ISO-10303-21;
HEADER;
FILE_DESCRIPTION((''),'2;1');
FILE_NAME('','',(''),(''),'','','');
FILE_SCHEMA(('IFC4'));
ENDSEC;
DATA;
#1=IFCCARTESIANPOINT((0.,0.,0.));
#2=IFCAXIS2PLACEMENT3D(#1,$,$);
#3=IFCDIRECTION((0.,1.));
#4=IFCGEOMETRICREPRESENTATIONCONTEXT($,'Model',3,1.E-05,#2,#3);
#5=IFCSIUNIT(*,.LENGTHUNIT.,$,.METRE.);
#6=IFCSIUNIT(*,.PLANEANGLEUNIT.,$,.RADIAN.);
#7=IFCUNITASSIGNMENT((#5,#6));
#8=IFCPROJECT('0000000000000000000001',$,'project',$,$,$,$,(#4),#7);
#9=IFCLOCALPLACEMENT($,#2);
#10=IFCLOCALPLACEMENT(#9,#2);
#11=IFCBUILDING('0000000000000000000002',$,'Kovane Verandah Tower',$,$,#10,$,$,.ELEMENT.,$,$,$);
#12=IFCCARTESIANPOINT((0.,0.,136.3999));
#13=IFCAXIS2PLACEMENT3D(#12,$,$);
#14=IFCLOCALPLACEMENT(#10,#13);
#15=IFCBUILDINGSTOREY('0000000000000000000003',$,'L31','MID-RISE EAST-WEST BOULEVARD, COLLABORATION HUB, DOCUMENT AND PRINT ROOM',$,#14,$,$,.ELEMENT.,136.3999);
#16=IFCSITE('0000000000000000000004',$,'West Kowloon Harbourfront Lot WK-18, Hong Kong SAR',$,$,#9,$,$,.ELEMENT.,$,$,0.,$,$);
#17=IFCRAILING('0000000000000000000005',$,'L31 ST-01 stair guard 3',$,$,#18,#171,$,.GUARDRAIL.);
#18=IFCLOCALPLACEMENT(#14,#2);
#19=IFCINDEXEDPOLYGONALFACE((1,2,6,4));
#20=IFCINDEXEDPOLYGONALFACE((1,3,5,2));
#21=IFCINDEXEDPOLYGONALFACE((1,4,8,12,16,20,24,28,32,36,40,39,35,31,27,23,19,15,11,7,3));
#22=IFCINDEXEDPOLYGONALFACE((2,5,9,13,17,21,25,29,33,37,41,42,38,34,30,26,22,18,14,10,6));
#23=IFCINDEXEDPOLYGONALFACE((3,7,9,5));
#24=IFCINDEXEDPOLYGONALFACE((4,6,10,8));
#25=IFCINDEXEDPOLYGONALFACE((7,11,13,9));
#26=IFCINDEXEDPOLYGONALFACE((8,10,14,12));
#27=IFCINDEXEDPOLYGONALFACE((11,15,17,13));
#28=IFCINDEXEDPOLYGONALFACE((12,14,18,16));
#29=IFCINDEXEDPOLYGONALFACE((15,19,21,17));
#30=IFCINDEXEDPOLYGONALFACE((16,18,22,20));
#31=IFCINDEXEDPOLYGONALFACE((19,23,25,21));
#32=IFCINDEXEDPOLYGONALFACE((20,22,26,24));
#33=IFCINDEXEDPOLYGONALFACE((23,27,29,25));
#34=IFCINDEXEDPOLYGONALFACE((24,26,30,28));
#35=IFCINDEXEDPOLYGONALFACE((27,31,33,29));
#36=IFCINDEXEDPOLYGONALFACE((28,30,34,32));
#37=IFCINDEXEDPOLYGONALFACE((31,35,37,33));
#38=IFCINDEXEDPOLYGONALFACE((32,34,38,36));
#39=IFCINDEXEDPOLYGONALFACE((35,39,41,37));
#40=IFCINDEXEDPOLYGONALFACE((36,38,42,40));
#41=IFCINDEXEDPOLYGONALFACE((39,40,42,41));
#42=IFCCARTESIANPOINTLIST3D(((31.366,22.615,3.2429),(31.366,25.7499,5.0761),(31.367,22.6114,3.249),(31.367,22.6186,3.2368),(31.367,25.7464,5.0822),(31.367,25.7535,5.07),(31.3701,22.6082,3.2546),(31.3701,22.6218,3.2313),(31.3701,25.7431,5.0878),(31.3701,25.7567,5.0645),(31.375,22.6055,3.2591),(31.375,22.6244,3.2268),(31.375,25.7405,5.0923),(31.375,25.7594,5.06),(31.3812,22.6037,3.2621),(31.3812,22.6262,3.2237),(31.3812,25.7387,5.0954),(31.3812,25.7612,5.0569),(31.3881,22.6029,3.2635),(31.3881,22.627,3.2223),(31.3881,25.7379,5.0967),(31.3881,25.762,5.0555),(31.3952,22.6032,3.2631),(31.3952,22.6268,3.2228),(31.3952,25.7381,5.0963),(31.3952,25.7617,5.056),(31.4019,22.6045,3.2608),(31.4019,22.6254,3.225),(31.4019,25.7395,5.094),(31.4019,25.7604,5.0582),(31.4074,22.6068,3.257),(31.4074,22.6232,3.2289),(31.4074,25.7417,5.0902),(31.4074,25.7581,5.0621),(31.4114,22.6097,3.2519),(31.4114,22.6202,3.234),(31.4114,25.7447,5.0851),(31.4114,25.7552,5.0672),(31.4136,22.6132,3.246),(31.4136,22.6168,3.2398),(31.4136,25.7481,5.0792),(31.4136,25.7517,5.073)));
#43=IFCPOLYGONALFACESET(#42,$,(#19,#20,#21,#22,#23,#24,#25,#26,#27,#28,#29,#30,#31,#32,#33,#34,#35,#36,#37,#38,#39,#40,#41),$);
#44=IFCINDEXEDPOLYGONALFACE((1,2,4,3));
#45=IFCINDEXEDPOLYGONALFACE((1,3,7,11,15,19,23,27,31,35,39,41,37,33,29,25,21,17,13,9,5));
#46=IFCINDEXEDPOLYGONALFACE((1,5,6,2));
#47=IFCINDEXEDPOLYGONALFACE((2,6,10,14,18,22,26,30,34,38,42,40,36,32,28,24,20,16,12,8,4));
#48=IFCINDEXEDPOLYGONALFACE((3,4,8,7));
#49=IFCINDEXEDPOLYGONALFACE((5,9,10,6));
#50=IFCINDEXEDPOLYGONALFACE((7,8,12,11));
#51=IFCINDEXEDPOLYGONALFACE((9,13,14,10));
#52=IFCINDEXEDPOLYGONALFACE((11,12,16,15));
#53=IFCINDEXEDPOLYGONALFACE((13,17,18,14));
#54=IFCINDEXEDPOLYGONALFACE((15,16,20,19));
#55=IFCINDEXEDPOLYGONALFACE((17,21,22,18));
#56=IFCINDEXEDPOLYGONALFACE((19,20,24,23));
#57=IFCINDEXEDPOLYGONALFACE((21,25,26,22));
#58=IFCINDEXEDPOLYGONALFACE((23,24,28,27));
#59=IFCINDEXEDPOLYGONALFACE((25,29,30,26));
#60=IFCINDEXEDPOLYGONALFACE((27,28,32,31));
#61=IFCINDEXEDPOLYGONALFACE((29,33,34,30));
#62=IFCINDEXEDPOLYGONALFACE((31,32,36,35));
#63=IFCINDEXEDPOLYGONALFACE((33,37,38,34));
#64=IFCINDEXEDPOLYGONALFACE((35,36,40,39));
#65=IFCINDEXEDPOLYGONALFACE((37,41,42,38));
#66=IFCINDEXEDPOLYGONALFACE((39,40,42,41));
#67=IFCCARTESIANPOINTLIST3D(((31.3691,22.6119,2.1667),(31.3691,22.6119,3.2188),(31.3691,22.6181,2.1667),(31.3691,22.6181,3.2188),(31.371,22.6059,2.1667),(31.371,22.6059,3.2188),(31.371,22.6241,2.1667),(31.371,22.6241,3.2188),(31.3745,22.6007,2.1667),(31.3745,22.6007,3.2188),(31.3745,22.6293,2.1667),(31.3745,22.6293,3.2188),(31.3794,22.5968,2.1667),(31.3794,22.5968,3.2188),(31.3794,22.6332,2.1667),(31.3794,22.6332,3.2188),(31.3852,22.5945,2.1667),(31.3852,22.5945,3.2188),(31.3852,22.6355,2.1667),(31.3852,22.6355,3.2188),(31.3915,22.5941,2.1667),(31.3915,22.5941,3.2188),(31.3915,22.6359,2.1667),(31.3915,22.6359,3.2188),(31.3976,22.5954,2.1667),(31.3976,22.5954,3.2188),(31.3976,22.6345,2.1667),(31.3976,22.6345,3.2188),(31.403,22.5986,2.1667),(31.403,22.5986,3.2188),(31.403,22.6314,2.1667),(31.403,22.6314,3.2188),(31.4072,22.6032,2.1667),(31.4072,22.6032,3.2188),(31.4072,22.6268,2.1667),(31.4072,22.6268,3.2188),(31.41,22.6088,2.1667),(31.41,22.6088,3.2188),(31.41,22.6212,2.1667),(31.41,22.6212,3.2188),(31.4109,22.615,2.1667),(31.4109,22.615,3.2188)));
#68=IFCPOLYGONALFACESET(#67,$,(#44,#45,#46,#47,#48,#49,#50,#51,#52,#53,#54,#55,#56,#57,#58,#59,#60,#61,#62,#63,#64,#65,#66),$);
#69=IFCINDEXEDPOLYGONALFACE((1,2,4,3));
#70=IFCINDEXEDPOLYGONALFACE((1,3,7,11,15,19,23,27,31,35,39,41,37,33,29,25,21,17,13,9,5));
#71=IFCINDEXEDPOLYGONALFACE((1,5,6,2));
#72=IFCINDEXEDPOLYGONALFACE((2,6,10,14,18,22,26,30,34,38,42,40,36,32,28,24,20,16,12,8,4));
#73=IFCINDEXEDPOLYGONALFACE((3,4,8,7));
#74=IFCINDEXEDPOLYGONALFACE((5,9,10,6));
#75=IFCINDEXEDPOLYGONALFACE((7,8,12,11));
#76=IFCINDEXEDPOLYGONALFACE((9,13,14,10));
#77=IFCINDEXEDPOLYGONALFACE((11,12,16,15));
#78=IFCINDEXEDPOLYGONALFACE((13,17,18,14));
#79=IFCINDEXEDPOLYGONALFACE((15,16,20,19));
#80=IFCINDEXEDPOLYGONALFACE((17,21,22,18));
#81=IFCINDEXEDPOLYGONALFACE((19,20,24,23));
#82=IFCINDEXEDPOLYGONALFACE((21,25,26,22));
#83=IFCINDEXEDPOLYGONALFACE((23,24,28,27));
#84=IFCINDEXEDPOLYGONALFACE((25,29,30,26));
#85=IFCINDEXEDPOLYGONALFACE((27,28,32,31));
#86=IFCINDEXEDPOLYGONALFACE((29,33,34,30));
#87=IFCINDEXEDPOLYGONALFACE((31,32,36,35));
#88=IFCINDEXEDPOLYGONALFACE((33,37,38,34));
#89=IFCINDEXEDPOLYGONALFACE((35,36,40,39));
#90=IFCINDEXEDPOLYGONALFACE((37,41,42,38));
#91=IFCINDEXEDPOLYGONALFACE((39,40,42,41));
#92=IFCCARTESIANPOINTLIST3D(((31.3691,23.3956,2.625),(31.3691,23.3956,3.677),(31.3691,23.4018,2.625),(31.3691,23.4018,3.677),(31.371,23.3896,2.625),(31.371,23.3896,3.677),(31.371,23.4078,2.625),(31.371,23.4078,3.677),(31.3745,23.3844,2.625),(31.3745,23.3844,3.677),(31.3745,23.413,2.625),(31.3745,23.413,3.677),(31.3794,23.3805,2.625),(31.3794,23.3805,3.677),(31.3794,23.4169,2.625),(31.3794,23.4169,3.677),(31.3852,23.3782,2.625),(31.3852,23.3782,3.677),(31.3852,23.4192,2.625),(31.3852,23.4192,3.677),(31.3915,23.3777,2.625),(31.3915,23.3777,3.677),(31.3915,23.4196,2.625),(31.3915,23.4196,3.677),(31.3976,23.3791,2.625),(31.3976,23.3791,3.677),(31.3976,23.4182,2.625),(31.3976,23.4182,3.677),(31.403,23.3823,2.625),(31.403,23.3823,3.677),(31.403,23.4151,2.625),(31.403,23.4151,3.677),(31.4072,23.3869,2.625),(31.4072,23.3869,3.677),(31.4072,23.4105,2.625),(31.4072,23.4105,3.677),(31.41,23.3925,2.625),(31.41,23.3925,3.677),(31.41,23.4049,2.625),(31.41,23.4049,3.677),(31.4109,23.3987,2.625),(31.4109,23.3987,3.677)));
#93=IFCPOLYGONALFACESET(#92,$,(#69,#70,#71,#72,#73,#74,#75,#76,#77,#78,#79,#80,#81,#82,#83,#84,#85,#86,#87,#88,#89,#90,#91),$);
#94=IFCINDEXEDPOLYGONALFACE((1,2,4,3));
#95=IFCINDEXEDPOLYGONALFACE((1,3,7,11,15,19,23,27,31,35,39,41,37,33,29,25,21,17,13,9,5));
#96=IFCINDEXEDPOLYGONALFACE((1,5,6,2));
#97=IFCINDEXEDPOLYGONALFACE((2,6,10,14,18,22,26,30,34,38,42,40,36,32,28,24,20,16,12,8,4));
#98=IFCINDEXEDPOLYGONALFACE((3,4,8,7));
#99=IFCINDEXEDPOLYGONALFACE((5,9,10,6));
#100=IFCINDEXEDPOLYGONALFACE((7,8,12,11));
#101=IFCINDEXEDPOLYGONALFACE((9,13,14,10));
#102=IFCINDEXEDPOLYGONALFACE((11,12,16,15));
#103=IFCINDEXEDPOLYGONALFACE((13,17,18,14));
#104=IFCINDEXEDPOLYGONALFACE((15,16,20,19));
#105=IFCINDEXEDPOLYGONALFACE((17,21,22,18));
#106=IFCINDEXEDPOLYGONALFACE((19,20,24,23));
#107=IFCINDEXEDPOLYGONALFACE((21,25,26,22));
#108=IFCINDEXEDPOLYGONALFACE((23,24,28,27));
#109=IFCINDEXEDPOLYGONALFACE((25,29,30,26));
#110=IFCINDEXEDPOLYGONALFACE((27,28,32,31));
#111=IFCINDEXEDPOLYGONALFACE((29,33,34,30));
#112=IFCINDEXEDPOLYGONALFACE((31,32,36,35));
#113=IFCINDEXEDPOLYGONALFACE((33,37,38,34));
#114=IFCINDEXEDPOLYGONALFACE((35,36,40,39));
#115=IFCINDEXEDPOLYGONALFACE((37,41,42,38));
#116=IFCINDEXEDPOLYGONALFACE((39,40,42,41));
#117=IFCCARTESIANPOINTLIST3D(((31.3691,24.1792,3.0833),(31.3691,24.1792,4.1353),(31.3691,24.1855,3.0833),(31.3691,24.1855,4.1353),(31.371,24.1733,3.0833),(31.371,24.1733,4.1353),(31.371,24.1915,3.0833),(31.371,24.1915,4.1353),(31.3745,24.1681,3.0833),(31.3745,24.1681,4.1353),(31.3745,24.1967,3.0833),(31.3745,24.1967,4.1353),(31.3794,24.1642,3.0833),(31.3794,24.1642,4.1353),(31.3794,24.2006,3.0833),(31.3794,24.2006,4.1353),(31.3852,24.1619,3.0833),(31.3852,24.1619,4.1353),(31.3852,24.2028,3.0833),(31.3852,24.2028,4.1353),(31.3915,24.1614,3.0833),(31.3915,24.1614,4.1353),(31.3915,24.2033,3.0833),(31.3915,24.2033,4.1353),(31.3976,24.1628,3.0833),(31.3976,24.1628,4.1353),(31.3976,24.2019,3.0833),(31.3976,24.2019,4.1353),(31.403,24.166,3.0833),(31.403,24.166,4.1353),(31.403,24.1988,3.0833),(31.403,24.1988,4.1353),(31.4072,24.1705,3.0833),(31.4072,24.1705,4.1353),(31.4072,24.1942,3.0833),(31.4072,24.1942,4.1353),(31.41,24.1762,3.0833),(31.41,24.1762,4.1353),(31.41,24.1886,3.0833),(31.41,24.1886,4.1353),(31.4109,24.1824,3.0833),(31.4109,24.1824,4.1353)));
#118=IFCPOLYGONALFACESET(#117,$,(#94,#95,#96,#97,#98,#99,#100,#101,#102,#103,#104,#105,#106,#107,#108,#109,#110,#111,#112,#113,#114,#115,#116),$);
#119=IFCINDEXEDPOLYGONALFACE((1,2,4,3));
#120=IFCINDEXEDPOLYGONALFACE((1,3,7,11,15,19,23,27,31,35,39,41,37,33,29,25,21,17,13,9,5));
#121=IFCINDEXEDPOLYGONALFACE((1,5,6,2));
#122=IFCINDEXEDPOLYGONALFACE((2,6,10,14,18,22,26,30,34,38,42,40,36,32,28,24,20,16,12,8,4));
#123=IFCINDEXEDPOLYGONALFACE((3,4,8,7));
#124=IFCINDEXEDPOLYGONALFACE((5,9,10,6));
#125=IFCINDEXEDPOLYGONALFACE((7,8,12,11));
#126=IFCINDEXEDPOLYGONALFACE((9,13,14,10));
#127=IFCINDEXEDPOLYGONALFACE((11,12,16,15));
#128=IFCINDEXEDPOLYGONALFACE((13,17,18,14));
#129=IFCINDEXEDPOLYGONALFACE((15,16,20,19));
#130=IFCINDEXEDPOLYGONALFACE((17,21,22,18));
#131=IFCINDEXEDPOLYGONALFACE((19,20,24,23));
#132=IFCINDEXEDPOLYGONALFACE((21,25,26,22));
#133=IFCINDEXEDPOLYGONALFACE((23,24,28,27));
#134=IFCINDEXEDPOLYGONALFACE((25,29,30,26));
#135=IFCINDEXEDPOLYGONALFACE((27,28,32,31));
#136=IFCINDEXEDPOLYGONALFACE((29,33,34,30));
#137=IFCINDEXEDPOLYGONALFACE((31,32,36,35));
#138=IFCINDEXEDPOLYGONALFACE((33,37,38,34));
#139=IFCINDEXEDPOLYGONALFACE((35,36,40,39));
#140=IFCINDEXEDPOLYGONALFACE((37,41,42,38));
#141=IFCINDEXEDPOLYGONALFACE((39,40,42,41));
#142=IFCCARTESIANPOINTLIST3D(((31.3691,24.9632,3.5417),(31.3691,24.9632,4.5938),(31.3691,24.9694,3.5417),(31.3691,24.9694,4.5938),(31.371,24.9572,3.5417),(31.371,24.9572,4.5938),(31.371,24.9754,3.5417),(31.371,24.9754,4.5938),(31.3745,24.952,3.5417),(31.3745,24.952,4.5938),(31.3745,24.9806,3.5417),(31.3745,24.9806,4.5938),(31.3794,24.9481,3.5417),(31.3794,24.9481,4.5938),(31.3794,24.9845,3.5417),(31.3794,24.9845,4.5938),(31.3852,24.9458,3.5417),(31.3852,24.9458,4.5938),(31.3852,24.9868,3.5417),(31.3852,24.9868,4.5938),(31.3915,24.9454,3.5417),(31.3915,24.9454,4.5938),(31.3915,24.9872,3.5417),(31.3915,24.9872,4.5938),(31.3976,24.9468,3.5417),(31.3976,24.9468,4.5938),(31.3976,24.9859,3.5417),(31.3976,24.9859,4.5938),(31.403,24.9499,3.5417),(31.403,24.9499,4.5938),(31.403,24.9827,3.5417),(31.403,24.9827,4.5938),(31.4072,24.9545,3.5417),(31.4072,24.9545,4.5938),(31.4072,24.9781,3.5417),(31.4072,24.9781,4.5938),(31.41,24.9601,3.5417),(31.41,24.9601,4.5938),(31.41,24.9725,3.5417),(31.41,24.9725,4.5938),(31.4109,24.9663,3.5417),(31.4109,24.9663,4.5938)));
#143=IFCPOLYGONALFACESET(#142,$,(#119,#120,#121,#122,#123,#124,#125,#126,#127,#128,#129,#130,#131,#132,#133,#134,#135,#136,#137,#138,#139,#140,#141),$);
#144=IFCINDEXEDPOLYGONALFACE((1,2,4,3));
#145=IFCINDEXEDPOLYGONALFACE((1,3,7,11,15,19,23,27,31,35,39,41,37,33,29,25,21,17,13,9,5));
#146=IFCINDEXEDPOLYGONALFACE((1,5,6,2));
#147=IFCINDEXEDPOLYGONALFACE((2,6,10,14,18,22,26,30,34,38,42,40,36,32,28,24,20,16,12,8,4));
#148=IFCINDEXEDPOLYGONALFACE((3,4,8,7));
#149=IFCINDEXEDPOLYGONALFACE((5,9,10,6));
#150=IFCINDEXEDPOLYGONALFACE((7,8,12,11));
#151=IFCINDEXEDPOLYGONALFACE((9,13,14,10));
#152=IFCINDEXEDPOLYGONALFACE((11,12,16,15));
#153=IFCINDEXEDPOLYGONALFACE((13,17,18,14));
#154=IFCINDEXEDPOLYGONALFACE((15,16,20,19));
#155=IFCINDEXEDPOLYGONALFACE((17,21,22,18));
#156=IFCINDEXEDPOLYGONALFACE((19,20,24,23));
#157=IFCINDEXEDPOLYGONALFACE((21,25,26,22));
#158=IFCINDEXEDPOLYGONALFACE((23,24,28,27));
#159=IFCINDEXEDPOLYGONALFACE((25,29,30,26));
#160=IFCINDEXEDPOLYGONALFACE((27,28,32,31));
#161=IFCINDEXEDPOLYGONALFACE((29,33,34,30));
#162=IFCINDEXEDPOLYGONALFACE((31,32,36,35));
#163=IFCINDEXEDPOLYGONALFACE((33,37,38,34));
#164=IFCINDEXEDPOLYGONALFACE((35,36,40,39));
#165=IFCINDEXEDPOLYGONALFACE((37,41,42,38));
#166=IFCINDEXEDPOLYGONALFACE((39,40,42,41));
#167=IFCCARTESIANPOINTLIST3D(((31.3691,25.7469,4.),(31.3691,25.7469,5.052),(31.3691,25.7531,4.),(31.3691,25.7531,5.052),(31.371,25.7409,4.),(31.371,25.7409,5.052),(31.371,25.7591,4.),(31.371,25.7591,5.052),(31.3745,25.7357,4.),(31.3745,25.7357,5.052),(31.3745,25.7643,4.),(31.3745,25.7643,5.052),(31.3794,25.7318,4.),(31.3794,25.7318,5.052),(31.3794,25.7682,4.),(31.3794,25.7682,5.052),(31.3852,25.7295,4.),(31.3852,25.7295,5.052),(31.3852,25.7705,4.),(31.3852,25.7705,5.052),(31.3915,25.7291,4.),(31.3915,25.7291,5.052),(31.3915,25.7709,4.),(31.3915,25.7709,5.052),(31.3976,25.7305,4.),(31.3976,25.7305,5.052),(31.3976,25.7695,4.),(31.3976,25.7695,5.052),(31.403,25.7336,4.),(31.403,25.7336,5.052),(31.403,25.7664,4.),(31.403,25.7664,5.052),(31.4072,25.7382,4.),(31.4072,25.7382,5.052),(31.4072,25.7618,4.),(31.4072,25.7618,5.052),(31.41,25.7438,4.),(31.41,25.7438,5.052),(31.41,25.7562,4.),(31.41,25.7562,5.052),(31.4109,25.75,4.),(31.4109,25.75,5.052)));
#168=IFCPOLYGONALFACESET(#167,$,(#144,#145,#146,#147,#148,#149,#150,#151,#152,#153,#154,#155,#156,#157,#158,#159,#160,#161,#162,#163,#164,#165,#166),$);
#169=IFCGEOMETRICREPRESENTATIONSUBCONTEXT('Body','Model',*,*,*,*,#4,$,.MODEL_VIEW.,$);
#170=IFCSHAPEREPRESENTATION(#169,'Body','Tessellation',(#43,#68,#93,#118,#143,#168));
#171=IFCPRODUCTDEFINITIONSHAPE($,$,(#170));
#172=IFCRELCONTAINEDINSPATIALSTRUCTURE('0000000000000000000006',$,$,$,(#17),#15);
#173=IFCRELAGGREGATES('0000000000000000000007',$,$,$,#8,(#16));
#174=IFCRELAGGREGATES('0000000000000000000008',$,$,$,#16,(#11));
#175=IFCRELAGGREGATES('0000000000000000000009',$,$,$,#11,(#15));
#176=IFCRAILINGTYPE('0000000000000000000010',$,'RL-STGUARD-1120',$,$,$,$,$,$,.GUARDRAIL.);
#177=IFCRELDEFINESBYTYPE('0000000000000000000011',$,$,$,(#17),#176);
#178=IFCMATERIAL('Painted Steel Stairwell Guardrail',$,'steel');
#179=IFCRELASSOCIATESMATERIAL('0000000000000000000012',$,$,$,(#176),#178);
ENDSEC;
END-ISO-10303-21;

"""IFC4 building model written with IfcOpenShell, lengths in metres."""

from ifc_helpers import new_model, si_unit, direction, frame, origin, origin_2d, place, context, subcontext, project, spatial, circle, extrude, material, type_object, element, save


model = new_model("IFC4")

# Units and contexts
model_context = context("Model", 3, precision=1e-05, world=origin(), true_north=direction((0.0, 1.0)))
body_context = subcontext(model_context, "Body", "Model", "MODEL_VIEW")
ifc_project = project(units=[si_unit("LENGTHUNIT", "METRE"), si_unit("PLANEANGLEUNIT", "RADIAN")], contexts=[model_context])

# Site, building, storey
site_placement = place(None, origin())
site = spatial("IfcSite", under=ifc_project, at=site_placement, Name="West Kowloon Harbourfront Lot WK-18, Hong Kong SAR", CompositionType="ELEMENT", RefElevation=0.0)
building_placement = place(site_placement, origin())
building = spatial("IfcBuilding", under=site, at=building_placement, Name="Kovane Verandah Tower", CompositionType="ELEMENT")
storey_placement = place(building_placement, frame((0.0, 0.0, 136.3999)))
storey = spatial("IfcBuildingStorey", under=building, at=storey_placement, Name="L31", Description="MID-RISE EAST-WEST BOULEVARD, COLLABORATION HUB, DOCUMENT AND PRINT ROOM", CompositionType="ELEMENT", Elevation=136.3999)

# Railing
ifc_material_1 = material(Name="Painted Steel Stairwell Guardrail", Category="steel")
railing_type_1 = type_object("IfcRailingType", Name="RL-STGUARD-1120", PredefinedType="GUARDRAIL", material=ifc_material_1)
railing_1_placement = place(storey_placement, frame((31.3899, 22.615, 2.1667)))
element("IfcRailing", 1, at=railing_1_placement, inside=storey, type_object=railing_type_1, Name="L31 ST-01 stair guard 3", PredefinedType="GUARDRAIL", context=body_context, shape_type="SweptSolid", body=[
    extrude(circle(Radius=0.0239, at=origin_2d()), frame((0.0, 0.0, 1.0762), z_axis=(0.0, 0.86324, 0.504794), x_axis=(-1.0, 0.0, 0.0)), (0.0, 0.0, 1.0), 3.6316),
    extrude(circle(Radius=0.021, at=origin_2d()), origin(), (0.0, 0.0, 1.0), 1.052),
    extrude(circle(Radius=0.021, at=origin_2d()), frame((0.0, 0.7837, 0.4583)), (0.0, 0.0, 1.0), 1.052),
    extrude(circle(Radius=0.021, at=origin_2d()), frame((0.0, 1.5674, 0.9165)), (0.0, 0.0, 1.0), 1.052),
    extrude(circle(Radius=0.021, at=origin_2d()), frame((0.0, 2.3513, 1.375)), (0.0, 0.0, 1.0), 1.052),
    extrude(circle(Radius=0.021, at=origin_2d()), frame((0.0, 3.135, 1.8333)), (0.0, 0.0, 1.0), 1.052),
])

save(model, "model.ifc")
